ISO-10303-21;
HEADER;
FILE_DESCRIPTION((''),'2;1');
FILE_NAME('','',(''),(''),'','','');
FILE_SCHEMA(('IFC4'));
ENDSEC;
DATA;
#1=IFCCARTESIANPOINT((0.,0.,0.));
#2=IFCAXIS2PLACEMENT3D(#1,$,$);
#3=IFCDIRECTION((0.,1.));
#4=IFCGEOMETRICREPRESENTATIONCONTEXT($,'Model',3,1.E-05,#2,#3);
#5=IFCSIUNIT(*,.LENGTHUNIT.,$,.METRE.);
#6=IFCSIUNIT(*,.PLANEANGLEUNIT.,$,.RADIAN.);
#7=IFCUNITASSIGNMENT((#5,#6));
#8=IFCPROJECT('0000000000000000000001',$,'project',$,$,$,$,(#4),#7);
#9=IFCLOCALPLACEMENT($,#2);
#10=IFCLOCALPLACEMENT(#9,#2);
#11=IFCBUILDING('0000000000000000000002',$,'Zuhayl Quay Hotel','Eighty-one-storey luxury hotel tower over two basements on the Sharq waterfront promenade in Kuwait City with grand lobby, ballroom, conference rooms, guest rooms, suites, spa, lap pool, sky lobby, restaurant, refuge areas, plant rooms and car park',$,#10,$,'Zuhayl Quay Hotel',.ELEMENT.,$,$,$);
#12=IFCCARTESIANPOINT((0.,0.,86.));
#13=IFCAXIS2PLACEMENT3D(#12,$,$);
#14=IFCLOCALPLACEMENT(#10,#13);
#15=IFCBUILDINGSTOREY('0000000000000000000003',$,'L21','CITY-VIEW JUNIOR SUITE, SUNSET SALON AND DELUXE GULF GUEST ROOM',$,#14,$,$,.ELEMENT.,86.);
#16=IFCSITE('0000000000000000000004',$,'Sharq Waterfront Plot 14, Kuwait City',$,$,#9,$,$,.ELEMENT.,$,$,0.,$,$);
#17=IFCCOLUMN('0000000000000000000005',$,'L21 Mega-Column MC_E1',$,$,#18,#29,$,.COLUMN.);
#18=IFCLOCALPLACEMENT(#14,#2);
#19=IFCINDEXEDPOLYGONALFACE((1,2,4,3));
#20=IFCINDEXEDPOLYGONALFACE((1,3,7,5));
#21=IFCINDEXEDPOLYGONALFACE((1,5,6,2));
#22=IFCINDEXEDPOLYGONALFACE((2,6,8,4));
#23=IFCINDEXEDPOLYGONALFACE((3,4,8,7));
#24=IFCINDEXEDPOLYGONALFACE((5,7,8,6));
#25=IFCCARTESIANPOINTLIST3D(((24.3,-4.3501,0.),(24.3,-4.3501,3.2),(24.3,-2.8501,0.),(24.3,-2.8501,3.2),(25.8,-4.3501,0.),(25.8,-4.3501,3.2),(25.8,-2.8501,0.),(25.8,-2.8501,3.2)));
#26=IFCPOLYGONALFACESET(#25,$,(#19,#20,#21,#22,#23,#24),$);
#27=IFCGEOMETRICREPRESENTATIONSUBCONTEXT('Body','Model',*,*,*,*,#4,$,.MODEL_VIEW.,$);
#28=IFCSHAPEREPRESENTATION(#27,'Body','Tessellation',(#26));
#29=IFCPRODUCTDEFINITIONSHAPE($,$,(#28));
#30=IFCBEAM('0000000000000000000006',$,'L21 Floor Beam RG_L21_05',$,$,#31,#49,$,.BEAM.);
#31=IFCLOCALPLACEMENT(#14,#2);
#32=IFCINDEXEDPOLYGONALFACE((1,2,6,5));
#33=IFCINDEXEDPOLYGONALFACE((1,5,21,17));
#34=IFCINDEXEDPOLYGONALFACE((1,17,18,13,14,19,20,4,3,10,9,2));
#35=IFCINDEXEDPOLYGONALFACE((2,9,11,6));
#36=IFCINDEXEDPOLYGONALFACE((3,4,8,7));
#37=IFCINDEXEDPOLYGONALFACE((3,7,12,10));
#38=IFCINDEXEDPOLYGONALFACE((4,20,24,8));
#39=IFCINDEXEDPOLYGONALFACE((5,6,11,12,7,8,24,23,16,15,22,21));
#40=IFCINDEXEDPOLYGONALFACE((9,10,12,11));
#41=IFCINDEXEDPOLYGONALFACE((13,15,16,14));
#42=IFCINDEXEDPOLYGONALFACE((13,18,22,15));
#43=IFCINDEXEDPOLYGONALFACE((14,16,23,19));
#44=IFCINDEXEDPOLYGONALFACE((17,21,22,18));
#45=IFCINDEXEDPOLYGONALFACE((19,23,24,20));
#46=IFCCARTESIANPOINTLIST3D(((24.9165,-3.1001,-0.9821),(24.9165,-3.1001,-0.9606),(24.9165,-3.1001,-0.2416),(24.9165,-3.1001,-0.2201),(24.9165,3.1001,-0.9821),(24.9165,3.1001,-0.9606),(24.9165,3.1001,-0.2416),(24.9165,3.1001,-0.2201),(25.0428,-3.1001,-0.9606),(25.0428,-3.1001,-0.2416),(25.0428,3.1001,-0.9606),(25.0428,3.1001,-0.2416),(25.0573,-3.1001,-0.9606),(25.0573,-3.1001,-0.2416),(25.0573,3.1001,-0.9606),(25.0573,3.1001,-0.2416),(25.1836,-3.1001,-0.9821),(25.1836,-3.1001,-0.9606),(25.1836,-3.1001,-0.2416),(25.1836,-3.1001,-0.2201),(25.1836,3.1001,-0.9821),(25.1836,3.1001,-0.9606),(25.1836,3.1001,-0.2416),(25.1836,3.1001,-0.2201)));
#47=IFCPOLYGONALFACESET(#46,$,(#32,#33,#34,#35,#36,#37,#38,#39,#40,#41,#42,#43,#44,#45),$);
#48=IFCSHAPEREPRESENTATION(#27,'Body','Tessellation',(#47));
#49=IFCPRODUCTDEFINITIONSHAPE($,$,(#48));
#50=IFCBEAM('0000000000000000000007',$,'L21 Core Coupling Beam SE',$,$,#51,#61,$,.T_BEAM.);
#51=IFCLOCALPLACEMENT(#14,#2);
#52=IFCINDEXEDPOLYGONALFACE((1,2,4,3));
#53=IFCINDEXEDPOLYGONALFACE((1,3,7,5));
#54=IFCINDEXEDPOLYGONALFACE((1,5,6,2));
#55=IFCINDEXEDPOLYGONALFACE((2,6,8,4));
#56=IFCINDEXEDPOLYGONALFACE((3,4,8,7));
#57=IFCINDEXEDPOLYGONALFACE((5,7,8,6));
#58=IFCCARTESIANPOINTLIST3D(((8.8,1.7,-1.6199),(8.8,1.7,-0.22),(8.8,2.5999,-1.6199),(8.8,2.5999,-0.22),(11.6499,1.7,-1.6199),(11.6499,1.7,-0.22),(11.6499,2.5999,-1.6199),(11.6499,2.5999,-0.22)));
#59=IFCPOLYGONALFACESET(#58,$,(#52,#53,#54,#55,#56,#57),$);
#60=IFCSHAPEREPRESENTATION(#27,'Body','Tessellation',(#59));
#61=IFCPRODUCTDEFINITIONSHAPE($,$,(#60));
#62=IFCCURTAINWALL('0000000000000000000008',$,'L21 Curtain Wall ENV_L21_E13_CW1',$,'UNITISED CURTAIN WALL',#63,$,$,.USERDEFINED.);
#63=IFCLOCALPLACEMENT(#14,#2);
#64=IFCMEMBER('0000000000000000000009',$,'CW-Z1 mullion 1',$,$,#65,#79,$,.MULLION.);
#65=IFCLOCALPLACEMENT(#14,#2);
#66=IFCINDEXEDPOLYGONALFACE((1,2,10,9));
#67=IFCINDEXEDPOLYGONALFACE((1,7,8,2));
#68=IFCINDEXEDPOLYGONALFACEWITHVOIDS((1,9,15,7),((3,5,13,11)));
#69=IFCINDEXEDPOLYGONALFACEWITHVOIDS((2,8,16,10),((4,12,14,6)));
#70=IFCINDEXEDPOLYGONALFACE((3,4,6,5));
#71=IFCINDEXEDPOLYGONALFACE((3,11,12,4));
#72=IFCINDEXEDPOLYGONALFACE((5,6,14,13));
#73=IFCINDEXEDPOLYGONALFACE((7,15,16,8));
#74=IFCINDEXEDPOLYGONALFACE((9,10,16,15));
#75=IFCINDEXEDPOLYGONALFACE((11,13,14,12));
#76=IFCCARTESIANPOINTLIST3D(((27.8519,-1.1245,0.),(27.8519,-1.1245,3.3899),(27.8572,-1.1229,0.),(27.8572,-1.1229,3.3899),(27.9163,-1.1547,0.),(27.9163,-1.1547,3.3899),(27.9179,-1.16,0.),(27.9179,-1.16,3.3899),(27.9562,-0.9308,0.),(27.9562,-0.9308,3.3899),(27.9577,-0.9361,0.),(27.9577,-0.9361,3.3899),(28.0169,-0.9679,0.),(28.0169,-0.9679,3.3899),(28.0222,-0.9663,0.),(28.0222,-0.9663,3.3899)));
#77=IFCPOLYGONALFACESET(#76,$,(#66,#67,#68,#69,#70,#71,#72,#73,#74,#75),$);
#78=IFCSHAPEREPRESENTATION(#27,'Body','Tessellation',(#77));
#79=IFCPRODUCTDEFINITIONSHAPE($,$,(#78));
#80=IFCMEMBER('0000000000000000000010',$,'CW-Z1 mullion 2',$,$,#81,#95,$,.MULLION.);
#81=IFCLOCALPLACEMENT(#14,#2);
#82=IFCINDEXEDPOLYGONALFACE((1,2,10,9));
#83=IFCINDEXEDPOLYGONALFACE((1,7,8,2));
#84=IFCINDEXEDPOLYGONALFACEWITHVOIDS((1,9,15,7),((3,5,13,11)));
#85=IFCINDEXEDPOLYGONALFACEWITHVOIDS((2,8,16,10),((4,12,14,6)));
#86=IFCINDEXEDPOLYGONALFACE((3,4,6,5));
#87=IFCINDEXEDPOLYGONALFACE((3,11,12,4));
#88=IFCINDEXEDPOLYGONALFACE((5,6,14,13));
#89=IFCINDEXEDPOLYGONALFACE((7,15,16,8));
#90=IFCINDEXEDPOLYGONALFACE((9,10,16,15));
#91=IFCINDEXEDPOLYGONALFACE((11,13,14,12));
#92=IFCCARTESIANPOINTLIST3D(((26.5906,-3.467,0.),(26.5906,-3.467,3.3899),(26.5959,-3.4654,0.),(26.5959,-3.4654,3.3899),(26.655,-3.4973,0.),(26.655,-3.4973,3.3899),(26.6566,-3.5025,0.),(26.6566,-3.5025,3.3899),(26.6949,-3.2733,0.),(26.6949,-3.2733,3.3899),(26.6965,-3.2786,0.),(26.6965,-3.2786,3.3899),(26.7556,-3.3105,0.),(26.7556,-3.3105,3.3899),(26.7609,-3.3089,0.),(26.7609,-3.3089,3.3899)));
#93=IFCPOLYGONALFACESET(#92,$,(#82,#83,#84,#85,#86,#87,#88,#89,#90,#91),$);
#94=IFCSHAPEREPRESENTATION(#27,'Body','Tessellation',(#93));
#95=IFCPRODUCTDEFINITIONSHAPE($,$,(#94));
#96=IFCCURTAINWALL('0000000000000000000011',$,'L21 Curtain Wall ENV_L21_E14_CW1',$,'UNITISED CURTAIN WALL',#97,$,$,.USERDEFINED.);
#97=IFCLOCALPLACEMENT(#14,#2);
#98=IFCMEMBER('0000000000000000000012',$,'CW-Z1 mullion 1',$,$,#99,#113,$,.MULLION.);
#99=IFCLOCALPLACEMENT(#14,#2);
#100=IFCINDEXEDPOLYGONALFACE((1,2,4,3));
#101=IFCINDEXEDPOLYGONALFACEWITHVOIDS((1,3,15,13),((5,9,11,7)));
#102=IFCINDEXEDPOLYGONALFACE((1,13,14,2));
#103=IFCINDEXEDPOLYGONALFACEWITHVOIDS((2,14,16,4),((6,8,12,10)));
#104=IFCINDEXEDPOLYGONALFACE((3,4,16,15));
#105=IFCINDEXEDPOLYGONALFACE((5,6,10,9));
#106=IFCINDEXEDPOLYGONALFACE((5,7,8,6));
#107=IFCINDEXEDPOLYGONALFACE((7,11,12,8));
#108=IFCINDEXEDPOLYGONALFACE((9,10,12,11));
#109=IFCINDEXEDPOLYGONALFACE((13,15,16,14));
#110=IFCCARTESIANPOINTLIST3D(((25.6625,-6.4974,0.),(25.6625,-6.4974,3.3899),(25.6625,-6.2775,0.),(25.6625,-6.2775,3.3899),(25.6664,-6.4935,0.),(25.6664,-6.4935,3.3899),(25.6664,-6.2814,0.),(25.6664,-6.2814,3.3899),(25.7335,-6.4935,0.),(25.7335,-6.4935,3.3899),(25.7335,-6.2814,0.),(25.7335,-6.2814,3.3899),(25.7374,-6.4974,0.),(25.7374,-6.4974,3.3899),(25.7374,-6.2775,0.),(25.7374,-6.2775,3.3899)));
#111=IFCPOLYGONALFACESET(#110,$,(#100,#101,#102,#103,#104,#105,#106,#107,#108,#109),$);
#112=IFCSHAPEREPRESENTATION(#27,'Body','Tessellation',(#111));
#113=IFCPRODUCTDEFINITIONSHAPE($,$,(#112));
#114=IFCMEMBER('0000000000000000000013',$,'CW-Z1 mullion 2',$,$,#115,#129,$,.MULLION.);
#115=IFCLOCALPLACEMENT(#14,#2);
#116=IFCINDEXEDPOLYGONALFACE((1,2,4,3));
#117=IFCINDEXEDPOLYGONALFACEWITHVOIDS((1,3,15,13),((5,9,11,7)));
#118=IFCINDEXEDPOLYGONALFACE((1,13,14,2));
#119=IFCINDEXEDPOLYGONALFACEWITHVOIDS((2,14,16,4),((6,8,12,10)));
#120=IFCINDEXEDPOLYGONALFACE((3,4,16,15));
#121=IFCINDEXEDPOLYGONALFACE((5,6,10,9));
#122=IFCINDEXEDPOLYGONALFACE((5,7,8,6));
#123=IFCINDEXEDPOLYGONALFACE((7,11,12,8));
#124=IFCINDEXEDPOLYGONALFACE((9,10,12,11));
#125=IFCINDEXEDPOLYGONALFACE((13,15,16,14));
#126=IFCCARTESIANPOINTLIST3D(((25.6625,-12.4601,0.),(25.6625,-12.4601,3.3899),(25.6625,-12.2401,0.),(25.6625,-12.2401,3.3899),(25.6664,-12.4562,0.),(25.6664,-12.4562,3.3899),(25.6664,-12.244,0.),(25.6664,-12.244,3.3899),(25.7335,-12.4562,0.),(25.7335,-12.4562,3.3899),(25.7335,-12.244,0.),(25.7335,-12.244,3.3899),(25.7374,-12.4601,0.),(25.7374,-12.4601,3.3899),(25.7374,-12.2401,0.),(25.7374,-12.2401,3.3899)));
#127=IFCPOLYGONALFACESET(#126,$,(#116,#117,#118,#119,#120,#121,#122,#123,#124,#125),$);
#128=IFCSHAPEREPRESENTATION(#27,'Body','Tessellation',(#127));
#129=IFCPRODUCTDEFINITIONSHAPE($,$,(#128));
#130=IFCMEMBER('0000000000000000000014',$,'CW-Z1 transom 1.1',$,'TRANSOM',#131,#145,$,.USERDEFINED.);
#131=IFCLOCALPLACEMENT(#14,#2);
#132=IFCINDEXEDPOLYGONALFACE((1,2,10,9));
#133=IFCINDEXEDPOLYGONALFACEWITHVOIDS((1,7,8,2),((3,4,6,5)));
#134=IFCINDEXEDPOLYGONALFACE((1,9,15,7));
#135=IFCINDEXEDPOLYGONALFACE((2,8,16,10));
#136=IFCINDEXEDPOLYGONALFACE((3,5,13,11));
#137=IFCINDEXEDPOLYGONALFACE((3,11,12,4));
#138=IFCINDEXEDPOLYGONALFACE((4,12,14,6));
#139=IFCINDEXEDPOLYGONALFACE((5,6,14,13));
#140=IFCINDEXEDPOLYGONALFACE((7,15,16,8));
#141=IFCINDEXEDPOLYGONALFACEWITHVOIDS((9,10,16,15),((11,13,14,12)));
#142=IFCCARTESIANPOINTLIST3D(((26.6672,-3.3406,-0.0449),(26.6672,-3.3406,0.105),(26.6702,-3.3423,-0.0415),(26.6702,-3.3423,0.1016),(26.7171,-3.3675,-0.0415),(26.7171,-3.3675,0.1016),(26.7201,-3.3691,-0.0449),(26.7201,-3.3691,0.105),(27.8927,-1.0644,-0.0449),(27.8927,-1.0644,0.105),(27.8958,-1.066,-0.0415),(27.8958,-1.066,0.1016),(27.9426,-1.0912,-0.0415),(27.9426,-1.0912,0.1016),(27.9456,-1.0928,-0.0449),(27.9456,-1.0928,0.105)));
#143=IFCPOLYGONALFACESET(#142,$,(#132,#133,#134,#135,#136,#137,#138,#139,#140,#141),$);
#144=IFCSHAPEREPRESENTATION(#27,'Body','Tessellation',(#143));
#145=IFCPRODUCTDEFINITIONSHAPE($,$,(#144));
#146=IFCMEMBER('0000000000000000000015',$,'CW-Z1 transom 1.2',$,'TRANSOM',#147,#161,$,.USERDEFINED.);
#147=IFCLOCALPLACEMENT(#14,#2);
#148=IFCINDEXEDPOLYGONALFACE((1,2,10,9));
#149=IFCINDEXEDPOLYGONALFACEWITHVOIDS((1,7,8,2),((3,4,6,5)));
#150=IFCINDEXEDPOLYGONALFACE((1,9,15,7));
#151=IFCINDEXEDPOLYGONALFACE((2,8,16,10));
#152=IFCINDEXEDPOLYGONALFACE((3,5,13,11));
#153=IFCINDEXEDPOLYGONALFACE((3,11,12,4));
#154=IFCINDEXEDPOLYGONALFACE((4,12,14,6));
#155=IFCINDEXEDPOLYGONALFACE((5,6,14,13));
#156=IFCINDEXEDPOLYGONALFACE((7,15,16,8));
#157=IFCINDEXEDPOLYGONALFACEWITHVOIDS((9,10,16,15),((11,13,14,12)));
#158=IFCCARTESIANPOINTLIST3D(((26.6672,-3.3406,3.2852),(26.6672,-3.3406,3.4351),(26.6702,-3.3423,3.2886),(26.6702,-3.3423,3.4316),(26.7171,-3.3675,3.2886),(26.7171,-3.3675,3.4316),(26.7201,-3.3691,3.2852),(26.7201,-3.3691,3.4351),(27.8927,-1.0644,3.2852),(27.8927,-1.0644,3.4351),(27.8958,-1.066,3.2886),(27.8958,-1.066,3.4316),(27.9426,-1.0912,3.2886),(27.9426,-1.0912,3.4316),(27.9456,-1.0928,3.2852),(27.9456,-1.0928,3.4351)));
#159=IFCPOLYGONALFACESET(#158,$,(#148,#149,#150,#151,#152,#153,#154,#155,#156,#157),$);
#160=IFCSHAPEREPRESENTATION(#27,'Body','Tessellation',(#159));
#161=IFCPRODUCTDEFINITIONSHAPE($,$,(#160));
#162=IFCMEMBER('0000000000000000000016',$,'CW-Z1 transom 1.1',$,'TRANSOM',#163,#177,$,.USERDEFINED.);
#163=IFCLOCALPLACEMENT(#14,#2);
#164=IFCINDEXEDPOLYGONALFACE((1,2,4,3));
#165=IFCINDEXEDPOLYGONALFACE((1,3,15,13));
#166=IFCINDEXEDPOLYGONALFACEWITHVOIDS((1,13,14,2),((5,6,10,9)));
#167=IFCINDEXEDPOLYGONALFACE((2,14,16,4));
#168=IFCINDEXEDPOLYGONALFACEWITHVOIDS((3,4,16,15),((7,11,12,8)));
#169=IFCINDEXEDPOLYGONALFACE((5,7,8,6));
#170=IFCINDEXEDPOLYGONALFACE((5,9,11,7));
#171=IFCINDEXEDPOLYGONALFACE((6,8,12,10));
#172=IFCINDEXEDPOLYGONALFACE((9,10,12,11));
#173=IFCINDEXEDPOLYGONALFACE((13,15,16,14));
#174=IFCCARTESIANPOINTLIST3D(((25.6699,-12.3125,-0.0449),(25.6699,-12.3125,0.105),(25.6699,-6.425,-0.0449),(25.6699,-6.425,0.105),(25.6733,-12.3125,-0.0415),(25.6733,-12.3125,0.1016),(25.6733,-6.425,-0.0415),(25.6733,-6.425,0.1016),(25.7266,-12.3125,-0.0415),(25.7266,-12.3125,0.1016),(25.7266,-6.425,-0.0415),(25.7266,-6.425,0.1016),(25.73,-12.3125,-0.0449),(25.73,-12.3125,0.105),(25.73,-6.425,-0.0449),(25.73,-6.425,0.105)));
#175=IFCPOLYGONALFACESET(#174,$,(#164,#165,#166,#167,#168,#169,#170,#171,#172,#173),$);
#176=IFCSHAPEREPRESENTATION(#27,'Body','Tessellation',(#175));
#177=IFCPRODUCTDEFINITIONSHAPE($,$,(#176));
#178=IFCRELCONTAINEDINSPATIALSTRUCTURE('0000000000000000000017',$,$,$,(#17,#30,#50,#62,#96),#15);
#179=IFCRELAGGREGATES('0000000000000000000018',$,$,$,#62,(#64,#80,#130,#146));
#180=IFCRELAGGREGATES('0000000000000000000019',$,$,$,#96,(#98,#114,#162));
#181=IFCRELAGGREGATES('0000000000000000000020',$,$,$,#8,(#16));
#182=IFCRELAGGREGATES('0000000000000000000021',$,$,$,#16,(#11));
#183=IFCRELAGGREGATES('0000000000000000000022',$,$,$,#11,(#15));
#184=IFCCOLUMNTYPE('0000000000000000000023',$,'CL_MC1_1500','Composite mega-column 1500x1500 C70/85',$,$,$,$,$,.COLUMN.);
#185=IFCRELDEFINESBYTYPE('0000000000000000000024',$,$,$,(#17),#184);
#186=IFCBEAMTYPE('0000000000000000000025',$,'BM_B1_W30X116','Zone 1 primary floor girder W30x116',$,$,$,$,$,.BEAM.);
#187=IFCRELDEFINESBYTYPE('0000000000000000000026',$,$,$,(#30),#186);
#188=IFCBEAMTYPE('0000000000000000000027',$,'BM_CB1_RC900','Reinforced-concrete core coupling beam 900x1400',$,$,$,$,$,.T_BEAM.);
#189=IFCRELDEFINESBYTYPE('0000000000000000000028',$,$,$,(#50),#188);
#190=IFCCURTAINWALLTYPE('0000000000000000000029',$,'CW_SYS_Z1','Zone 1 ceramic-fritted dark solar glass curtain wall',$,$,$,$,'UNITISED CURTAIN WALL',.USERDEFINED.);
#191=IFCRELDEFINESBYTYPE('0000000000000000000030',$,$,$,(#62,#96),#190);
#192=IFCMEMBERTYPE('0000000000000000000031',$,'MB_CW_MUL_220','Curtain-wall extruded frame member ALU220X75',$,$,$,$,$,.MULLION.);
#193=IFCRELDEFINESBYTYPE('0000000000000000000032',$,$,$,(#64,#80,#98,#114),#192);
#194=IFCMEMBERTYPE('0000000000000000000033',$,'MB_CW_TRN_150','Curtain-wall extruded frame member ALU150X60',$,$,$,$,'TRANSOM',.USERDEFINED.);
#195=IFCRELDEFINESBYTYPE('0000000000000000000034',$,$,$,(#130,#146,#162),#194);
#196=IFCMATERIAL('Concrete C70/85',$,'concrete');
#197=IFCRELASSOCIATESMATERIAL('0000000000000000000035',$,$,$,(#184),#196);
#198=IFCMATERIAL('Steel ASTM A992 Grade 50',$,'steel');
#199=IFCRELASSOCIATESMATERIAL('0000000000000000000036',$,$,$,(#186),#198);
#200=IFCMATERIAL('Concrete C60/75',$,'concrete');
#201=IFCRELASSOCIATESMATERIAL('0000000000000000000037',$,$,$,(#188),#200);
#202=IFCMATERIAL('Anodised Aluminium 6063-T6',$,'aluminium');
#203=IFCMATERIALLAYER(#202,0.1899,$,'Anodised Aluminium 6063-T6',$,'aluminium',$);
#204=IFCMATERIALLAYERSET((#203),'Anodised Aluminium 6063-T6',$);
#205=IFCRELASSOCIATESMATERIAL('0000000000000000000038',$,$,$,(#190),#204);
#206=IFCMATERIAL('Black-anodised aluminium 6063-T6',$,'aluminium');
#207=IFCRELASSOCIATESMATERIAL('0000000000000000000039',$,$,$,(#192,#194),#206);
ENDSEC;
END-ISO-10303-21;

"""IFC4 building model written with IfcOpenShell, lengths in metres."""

from ifc_helpers import new_model, si_unit, direction, frame, origin, origin_2d, place, context, subcontext, project, spatial, rectangle, hollow_rectangle, i_section, extrude, material, layer, layer_set, material_profile, profile_set, type_object, element, aggregate, save


model = new_model("IFC4")

# Units and contexts
model_context = context("Model", 3, precision=1e-05, world=origin(), true_north=direction((0.0, 1.0)))
body_context = subcontext(model_context, "Body", "Model", "MODEL_VIEW")
ifc_project = project(units=[si_unit("LENGTHUNIT", "METRE"), si_unit("PLANEANGLEUNIT", "RADIAN")], contexts=[model_context])

# Site, building, storey
site_placement = place(None, origin())
site = spatial("IfcSite", under=ifc_project, at=site_placement, Name="Sharq Waterfront Plot 14, Kuwait City", CompositionType="ELEMENT", RefElevation=0.0)
building_placement = place(site_placement, origin())
building = spatial("IfcBuilding", under=site, at=building_placement, Name="Zuhayl Quay Hotel", Description="Eighty-one-storey luxury hotel tower over two basements on the Sharq waterfront promenade in Kuwait City with grand lobby, ballroom, conference rooms, guest rooms, suites, spa, lap pool, sky lobby, restaurant, refuge areas, plant rooms and car park", LongName="Zuhayl Quay Hotel", CompositionType="ELEMENT")
storey_placement = place(building_placement, frame((0.0, 0.0, 86.0)))
storey = spatial("IfcBuildingStorey", under=building, at=storey_placement, Name="L21", Description="CITY-VIEW JUNIOR SUITE, SUNSET SALON AND DELUXE GULF GUEST ROOM", CompositionType="ELEMENT", Elevation=86.0)

# Column
ifc_material_1 = material(Name="Concrete C70/85", Category="concrete")
ifc_material_profile_1 = material_profile(ifc_material_1, rectangle(XDim=1.5, YDim=1.5, at=origin_2d()), Name="RC1500X1500")
ifc_profile_set_1 = profile_set([ifc_material_profile_1], Name="Concrete C70/85")
column_type = type_object("IfcColumnType", Name="CL_MC1_1500", Description="Composite mega-column 1500x1500 C70/85", PredefinedType="COLUMN", material=ifc_profile_set_1)
column_placement = place(storey_placement, frame((25.05, -3.6001, 0.0), z_axis=(0.0, 0.0, 1.0), x_axis=(1.0, 0.0, 0.0)))
element("IfcColumn", 1, at=column_placement, inside=storey, type_object=column_type, Name="L21 Mega-Column MC_E1", PredefinedType="COLUMN", context=body_context, shape_type="SweptSolid", body=[
    extrude(rectangle(XDim=1.5, YDim=1.5, at=origin_2d()), origin(), (0.0, 0.0, 1.0), 3.2),
])

# Beams
ifc_material_2 = material(Name="Steel ASTM A992 Grade 50", Category="steel")
ifc_material_profile_2 = material_profile(ifc_material_2, i_section(OverallWidth=0.2671, OverallDepth=0.762, WebThickness=0.0144, FlangeThickness=0.0215, at=origin_2d()), Name="W30X116")
ifc_profile_set_2 = profile_set([ifc_material_profile_2], Name="Steel ASTM A992 Grade 50")
beam_type_1 = type_object("IfcBeamType", Name="BM_B1_W30X116", Description="Zone 1 primary floor girder W30x116", PredefinedType="BEAM", material=ifc_profile_set_2)
beam_1_placement = place(storey_placement, frame((25.05, -3.1001, -0.6011), z_axis=(0.0, 1.0, 0.0), x_axis=(-1.0, 0.0, 0.0)))
element("IfcBeam", 2, at=beam_1_placement, inside=storey, type_object=beam_type_1, Name="L21 Floor Beam RG_L21_05", PredefinedType="BEAM", context=body_context, shape_type="SweptSolid", body=[
    extrude(i_section(OverallWidth=0.2671, OverallDepth=0.762, WebThickness=0.0144, FlangeThickness=0.0215, at=origin_2d()), origin(), (0.0, 0.0, 1.0), 6.2002),
])
ifc_material_3 = material(Name="Concrete C60/75", Category="concrete")
ifc_material_profile_3 = material_profile(ifc_material_3, rectangle(XDim=0.8999, YDim=1.3999, at=origin_2d()), Name="RC900X1400")
ifc_profile_set_3 = profile_set([ifc_material_profile_3], Name="Concrete C60/75")
beam_type_2 = type_object("IfcBeamType", Name="BM_CB1_RC900", Description="Reinforced-concrete core coupling beam 900x1400", PredefinedType="T_BEAM", material=ifc_profile_set_3)
beam_2_placement = place(storey_placement, frame((8.8, 2.1499, -0.9199), z_axis=(1.0, 0.0, 0.0), x_axis=(0.0, 1.0, 0.0)))
element("IfcBeam", 3, at=beam_2_placement, inside=storey, type_object=beam_type_2, Name="L21 Core Coupling Beam SE", PredefinedType="T_BEAM", context=body_context, shape_type="SweptSolid", body=[
    extrude(rectangle(XDim=0.8999, YDim=1.3999, at=origin_2d()), origin(), (0.0, 0.0, 1.0), 2.8499),
])

# Curtain walls, members
ifc_material_4 = material(Name="Anodised Aluminium 6063-T6", Category="aluminium")
ifc_layer_1 = layer(ifc_material_4, 0.1899, Name="Anodised Aluminium 6063-T6", Category="aluminium")
ifc_layer_set_1 = layer_set([ifc_layer_1], Name="Anodised Aluminium 6063-T6")
curtain_wall_type = type_object("IfcCurtainWallType", Name="CW_SYS_Z1", Description="Zone 1 ceramic-fritted dark solar glass curtain wall", ElementType="UNITISED CURTAIN WALL", PredefinedType="USERDEFINED", material=ifc_layer_set_1)
curtain_wall_1_placement = place(storey_placement, origin())
curtain_wall_1 = element("IfcCurtainWall", 4, at=curtain_wall_1_placement, inside=storey, type_object=curtain_wall_type, Name="L21 Curtain Wall ENV_L21_E13_CW1", ObjectType="UNITISED CURTAIN WALL", PredefinedType="USERDEFINED")
ifc_material_5 = material(Name="Black-anodised aluminium 6063-T6", Category="aluminium")
ifc_material_profile_4 = material_profile(ifc_material_5, hollow_rectangle(XDim=0.075, YDim=0.22, WallThickness=0.0039, at=origin_2d()), Name="ALU220X75")
ifc_profile_set_4 = profile_set([ifc_material_profile_4], Name="Black-anodised aluminium 6063-T6")
member_type_1 = type_object("IfcMemberType", Name="MB_CW_MUL_220", Description="Curtain-wall extruded frame member ALU220X75", PredefinedType="MULLION", material=ifc_profile_set_4)
member_1_placement = place(storey_placement, frame((27.937, -1.0454, 0.0), z_axis=(0.0, 0.0, 1.0), x_axis=(0.880476, -0.474091, 0.0)))
member_1 = element("IfcMember", 5, at=member_1_placement, type_object=member_type_1, Name="CW-Z1 mullion 1", PredefinedType="MULLION", context=body_context, shape_type="SweptSolid", body=[
    extrude(hollow_rectangle(XDim=0.075, YDim=0.22, WallThickness=0.0039, at=origin_2d()), origin(), (0.0, 0.0, 1.0), 3.3899),
])
member_2_placement = place(storey_placement, frame((26.6758, -3.3879, 0.0), z_axis=(0.0, 0.0, 1.0), x_axis=(0.880476, -0.474091, 0.0)))
member_2 = element("IfcMember", 6, at=member_2_placement, type_object=member_type_1, Name="CW-Z1 mullion 2", PredefinedType="MULLION", context=body_context, shape_type="SweptSolid", body=[
    extrude(hollow_rectangle(XDim=0.075, YDim=0.22, WallThickness=0.0039, at=origin_2d()), origin(), (0.0, 0.0, 1.0), 3.3899),
])
curtain_wall_2_placement = place(storey_placement, origin())
curtain_wall_2 = element("IfcCurtainWall", 7, at=curtain_wall_2_placement, inside=storey, type_object=curtain_wall_type, Name="L21 Curtain Wall ENV_L21_E14_CW1", ObjectType="UNITISED CURTAIN WALL", PredefinedType="USERDEFINED")
member_3_placement = place(storey_placement, frame((25.7, -6.3875, 0.0), z_axis=(0.0, 0.0, 1.0), x_axis=(1.0, 0.0, 0.0)))
member_3 = element("IfcMember", 8, at=member_3_placement, type_object=member_type_1, Name="CW-Z1 mullion 1", PredefinedType="MULLION", context=body_context, shape_type="SweptSolid", body=[
    extrude(hollow_rectangle(XDim=0.075, YDim=0.22, WallThickness=0.0039, at=origin_2d()), origin(), (0.0, 0.0, 1.0), 3.3899),
])
member_4_placement = place(storey_placement, frame((25.7, -12.3501, 0.0), z_axis=(0.0, 0.0, 1.0), x_axis=(1.0, 0.0, 0.0)))
member_4 = element("IfcMember", 9, at=member_4_placement, type_object=member_type_1, Name="CW-Z1 mullion 2", PredefinedType="MULLION", context=body_context, shape_type="SweptSolid", body=[
    extrude(hollow_rectangle(XDim=0.075, YDim=0.22, WallThickness=0.0039, at=origin_2d()), origin(), (0.0, 0.0, 1.0), 3.3899),
])

# Members
ifc_material_profile_5 = material_profile(ifc_material_5, hollow_rectangle(XDim=0.0601, YDim=0.1499, WallThickness=0.0034, at=origin_2d()), Name="ALU150X60")
ifc_profile_set_5 = profile_set([ifc_material_profile_5], Name="Black-anodised aluminium 6063-T6")
member_type_2 = type_object("IfcMemberType", Name="MB_CW_TRN_150", Description="Curtain-wall extruded frame member ALU150X60", ElementType="TRANSOM", PredefinedType="USERDEFINED", material=ifc_profile_set_5)
member_5_placement = place(storey_placement, frame((27.9192, -1.0786, 0.03), z_axis=(-0.474055, -0.880495, 0.0), x_axis=(0.880495, -0.474055, 0.0)))
member_5 = element("IfcMember", 10, at=member_5_placement, type_object=member_type_2, Name="CW-Z1 transom 1.1", ObjectType="TRANSOM", PredefinedType="USERDEFINED", context=body_context, shape_type="SweptSolid", body=[
    extrude(hollow_rectangle(XDim=0.0601, YDim=0.1499, WallThickness=0.0034, at=origin_2d()), origin(), (0.0, 0.0, 1.0), 2.5852),
])
member_6_placement = place(storey_placement, frame((27.9192, -1.0786, 3.3601), z_axis=(-0.474055, -0.880495, 0.0), x_axis=(0.880495, -0.474055, 0.0)))
member_6 = element("IfcMember", 11, at=member_6_placement, type_object=member_type_2, Name="CW-Z1 transom 1.2", ObjectType="TRANSOM", PredefinedType="USERDEFINED", context=body_context, shape_type="SweptSolid", body=[
    extrude(hollow_rectangle(XDim=0.0601, YDim=0.1499, WallThickness=0.0034, at=origin_2d()), origin(), (0.0, 0.0, 1.0), 2.5852),
])
member_7_placement = place(storey_placement, frame((25.7, -6.425, 0.03), z_axis=(0.0, -1.0, 0.0), x_axis=(1.0, 0.0, 0.0)))
member_7 = element("IfcMember", 12, at=member_7_placement, type_object=member_type_2, Name="CW-Z1 transom 1.1", ObjectType="TRANSOM", PredefinedType="USERDEFINED", context=body_context, shape_type="SweptSolid", body=[
    extrude(hollow_rectangle(XDim=0.0601, YDim=0.1499, WallThickness=0.0034, at=origin_2d()), origin(), (0.0, 0.0, 1.0), 5.8875),
])

aggregate(curtain_wall_1, [member_1, member_2, member_5, member_6])
aggregate(curtain_wall_2, [member_3, member_4, member_7])

save(model, "model.ifc")
